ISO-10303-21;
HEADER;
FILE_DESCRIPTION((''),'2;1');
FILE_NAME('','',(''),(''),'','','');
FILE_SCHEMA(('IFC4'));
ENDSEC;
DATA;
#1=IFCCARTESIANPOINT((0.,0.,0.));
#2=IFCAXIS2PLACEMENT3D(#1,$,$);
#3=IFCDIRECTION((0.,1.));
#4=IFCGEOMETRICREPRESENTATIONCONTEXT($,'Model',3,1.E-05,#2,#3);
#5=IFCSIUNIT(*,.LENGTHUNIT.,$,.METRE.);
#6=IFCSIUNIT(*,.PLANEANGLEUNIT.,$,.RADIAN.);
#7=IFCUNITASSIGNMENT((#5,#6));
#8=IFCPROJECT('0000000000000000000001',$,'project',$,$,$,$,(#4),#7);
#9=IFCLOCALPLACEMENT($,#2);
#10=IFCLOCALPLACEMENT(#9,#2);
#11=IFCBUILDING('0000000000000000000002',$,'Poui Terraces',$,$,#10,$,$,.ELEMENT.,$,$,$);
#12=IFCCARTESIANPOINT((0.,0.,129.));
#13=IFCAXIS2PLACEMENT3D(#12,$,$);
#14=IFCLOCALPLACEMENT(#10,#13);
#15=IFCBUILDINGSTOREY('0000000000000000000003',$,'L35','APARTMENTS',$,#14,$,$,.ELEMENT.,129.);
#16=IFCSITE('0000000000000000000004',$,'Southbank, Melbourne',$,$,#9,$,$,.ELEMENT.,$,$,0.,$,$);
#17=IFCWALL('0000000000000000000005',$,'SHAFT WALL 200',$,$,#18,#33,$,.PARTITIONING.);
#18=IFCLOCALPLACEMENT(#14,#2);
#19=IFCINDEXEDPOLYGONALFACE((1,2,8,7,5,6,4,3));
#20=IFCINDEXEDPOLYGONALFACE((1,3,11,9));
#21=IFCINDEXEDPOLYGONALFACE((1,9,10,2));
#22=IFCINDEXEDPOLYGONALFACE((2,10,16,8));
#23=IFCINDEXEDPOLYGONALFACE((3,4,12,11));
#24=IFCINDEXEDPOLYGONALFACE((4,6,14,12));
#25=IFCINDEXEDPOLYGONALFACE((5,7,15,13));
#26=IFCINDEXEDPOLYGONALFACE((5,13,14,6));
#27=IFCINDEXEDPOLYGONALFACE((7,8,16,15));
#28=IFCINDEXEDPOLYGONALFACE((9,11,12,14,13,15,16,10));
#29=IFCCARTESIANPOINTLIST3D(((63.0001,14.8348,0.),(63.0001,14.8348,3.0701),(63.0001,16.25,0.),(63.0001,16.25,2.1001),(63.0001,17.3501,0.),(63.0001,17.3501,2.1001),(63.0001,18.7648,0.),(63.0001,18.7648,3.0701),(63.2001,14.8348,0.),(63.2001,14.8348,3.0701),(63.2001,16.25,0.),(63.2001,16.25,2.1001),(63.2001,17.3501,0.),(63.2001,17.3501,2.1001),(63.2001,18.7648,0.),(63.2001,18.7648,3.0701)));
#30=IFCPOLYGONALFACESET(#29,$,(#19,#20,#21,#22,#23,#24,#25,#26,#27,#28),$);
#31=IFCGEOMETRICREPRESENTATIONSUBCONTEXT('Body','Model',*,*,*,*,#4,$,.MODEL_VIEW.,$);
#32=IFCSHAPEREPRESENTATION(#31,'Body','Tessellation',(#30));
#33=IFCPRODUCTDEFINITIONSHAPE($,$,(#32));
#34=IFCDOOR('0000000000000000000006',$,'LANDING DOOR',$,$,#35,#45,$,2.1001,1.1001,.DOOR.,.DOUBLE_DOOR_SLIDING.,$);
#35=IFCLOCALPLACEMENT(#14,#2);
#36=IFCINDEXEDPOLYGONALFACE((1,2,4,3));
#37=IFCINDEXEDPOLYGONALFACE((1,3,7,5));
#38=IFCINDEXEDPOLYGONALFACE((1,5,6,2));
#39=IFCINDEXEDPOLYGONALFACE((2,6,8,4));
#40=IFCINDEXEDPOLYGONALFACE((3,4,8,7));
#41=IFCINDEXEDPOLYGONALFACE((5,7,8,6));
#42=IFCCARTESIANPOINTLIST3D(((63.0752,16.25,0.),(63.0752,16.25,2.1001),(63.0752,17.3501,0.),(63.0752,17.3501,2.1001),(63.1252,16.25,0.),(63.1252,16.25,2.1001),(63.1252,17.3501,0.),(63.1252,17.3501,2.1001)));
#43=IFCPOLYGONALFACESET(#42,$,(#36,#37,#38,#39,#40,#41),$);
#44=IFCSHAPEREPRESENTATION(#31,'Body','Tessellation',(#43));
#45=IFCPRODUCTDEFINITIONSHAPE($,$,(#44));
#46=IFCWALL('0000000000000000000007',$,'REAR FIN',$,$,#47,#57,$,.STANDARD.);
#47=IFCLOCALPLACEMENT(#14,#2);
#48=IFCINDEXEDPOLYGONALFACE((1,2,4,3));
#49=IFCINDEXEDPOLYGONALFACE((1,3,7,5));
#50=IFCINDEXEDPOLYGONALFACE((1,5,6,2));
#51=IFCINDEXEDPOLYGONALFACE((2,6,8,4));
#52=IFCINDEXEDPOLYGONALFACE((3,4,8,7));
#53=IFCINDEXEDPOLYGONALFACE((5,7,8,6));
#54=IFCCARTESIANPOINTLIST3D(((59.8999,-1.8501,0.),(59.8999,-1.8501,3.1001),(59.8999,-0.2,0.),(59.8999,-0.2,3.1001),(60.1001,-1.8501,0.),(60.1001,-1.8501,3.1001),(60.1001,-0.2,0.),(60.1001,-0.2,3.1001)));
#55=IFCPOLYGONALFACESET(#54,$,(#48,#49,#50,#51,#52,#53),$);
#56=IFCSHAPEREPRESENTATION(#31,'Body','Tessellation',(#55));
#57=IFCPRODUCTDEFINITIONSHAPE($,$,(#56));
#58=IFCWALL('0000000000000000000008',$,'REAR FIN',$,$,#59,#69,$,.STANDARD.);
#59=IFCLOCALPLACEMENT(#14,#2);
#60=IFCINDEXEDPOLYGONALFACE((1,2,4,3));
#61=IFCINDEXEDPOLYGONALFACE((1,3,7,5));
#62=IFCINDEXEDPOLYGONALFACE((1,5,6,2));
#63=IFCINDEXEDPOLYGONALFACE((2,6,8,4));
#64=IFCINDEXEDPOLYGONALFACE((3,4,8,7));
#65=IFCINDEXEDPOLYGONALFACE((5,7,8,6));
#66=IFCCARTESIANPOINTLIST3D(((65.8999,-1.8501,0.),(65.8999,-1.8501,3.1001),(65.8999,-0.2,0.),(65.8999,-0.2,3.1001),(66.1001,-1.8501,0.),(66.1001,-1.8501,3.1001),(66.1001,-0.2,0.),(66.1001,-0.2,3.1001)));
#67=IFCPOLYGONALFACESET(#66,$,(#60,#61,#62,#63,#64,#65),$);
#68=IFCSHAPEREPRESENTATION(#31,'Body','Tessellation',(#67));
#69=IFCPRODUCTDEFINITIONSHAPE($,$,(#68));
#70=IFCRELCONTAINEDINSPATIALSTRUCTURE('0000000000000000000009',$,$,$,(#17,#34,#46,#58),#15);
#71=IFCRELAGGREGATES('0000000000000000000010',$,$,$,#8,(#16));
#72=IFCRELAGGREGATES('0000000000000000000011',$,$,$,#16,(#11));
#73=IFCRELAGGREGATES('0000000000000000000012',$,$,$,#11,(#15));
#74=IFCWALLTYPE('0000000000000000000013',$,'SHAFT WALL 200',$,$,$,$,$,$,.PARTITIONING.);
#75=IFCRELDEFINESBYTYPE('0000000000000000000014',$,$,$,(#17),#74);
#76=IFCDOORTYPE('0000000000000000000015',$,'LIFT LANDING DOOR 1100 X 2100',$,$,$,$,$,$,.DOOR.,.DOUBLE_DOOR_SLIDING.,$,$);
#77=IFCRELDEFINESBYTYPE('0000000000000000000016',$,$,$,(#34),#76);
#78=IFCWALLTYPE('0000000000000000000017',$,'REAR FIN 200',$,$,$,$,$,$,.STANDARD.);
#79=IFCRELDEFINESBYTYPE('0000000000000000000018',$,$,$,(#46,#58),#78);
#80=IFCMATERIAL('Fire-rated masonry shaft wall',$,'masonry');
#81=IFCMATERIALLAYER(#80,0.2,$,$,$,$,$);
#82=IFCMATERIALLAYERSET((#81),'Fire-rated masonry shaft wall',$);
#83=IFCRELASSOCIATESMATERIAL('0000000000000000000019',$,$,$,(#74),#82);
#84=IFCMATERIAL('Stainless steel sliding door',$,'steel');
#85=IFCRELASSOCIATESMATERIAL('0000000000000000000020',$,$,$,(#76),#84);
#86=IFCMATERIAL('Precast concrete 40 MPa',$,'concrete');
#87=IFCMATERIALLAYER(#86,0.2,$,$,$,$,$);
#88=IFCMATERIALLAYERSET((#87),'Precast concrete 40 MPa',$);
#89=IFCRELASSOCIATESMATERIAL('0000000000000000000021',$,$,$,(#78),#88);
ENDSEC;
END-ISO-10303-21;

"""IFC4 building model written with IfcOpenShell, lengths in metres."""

from ifc_helpers import new_model, si_unit, direction, frame, frame_2d, origin, place, context, subcontext, project, spatial, polyline, rectangle, outline, extrude, source, transform, mapped, material, layer, layer_set, type_object, element, fill, save


model = new_model("IFC4")

# Units and contexts
model_context = context("Model", 3, precision=1e-05, world=origin(), true_north=direction((0.0, 1.0)))
body_context = subcontext(model_context, "Body", "Model", "MODEL_VIEW")
ifc_project = project(units=[si_unit("LENGTHUNIT", "METRE"), si_unit("PLANEANGLEUNIT", "RADIAN")], contexts=[model_context])

# Site, building, storey
site_placement = place(None, origin())
site = spatial("IfcSite", under=ifc_project, at=site_placement, Name="Southbank, Melbourne", CompositionType="ELEMENT", RefElevation=0.0)
building_placement = place(site_placement, origin())
building = spatial("IfcBuilding", under=site, at=building_placement, Name="Poui Terraces", CompositionType="ELEMENT")
storey_placement = place(building_placement, frame((0.0, 0.0, 129.0)))
storey = spatial("IfcBuildingStorey", under=building, at=storey_placement, Name="L35", Description="APARTMENTS", CompositionType="ELEMENT", Elevation=129.0)

# Shared definitions
ifc_material_1 = material(Name="Precast concrete 40 MPa", Category="concrete")

# Shared definitions
ifc_material_2 = material(Name="Fire-rated masonry shaft wall", Category="masonry")
ifc_layer_1 = layer(ifc_material_2, 0.2)
ifc_layer_set_1 = layer_set([ifc_layer_1], Name="Fire-rated masonry shaft wall")
wall_type_1 = type_object("IfcWallType", Name="SHAFT WALL 200", PredefinedType="PARTITIONING", material=ifc_layer_set_1)

# Wall, opening, door
wall_1_placement = place(storey_placement, frame((63.1001, 14.835, 0.0), z_axis=(0.0, 0.0, 1.0), x_axis=(0.0, 1.0, 0.0)))
wall_1 = element("IfcWall", 1, at=wall_1_placement, inside=storey, type_object=wall_type_1, Name="SHAFT WALL 200", PredefinedType="PARTITIONING", context=body_context, shape_type="SweptSolid", body=[
    extrude(rectangle(XDim=3.9299, YDim=0.2, at=frame_2d((1.9648, 0.0))), origin(), (0.0, 0.0, 1.0), 3.0701),
])
opening_1_placement = place(wall_1_placement, frame((1.415, 0.0, 0.0)))
opening_1 = element("IfcOpeningElement", 2, at=opening_1_placement, cuts=wall_1, PredefinedType="OPENING", context=body_context, shape_type="SweptSolid", body=[
    extrude(rectangle(XDim=1.1001, YDim=2.1001, at=frame_2d((0.55, 1.05))), frame((0.0, 0.1099, 0.0), z_axis=(0.0, -1.0, 0.0), x_axis=(1.0, 0.0, 0.0)), (0.0, 0.0, 1.0), 0.22),
])
ifc_material_3 = material(Name="Stainless steel sliding door", Category="steel")
door_type_1 = type_object("IfcDoorType", Name="LIFT LANDING DOOR 1100 X 2100", OperationType="DOUBLE_DOOR_SLIDING", PredefinedType="DOOR", material=ifc_material_3)
door_1_placement = place(opening_1_placement, origin())
door_1 = element("IfcDoor", 3, at=door_1_placement, inside=storey, type_object=door_type_1, Name="LANDING DOOR", OperationType="DOUBLE_DOOR_SLIDING", OverallHeight=2.1001, OverallWidth=1.1001, PredefinedType="DOOR", context=body_context, shape_type="SweptSolid", body=[
    extrude(rectangle(XDim=1.1001, YDim=2.1001, at=frame_2d((0.55, 1.05))), frame((0.0, 0.0249, 0.0), z_axis=(0.0, -1.0, 0.0), x_axis=(1.0, 0.0, 0.0)), (0.0, 0.0, 1.0), 0.05),
])
fill(opening_1, door_1)

# Walls
ifc_layer_2 = layer(ifc_material_1, 0.2)
ifc_layer_set_2 = layer_set([ifc_layer_2], Name="Precast concrete 40 MPa")
wall_type_2 = type_object("IfcWallType", Name="REAR FIN 200", PredefinedType="STANDARD", material=ifc_layer_set_2)
shared_shape_1 = source(origin(), body_context, "Body", "SweptSolid", [
    extrude(outline(polyline([(0.0, 0.0), (0.2002, 0.0), (0.2002, 1.6501), (0.0, 1.6501), (0.0, 0.0)])), origin(), (0.0, 0.0, 1.0), 3.1001),
])
for number, where, name in (
    (4, (59.8999, -1.8501, 0.0), "REAR FIN"),
    (5, (65.8999, -1.8501, 0.0), "REAR FIN"),
):
    element("IfcWall", number, at=place(storey_placement, frame(where)), inside=storey, type_object=wall_type_2, Name=name, PredefinedType="STANDARD", context=body_context, shape_type="MappedRepresentation", body=[
        mapped(shared_shape_1, transform((0.0, 0.0, 0.0))),
    ])

save(model, "model.ifc")
